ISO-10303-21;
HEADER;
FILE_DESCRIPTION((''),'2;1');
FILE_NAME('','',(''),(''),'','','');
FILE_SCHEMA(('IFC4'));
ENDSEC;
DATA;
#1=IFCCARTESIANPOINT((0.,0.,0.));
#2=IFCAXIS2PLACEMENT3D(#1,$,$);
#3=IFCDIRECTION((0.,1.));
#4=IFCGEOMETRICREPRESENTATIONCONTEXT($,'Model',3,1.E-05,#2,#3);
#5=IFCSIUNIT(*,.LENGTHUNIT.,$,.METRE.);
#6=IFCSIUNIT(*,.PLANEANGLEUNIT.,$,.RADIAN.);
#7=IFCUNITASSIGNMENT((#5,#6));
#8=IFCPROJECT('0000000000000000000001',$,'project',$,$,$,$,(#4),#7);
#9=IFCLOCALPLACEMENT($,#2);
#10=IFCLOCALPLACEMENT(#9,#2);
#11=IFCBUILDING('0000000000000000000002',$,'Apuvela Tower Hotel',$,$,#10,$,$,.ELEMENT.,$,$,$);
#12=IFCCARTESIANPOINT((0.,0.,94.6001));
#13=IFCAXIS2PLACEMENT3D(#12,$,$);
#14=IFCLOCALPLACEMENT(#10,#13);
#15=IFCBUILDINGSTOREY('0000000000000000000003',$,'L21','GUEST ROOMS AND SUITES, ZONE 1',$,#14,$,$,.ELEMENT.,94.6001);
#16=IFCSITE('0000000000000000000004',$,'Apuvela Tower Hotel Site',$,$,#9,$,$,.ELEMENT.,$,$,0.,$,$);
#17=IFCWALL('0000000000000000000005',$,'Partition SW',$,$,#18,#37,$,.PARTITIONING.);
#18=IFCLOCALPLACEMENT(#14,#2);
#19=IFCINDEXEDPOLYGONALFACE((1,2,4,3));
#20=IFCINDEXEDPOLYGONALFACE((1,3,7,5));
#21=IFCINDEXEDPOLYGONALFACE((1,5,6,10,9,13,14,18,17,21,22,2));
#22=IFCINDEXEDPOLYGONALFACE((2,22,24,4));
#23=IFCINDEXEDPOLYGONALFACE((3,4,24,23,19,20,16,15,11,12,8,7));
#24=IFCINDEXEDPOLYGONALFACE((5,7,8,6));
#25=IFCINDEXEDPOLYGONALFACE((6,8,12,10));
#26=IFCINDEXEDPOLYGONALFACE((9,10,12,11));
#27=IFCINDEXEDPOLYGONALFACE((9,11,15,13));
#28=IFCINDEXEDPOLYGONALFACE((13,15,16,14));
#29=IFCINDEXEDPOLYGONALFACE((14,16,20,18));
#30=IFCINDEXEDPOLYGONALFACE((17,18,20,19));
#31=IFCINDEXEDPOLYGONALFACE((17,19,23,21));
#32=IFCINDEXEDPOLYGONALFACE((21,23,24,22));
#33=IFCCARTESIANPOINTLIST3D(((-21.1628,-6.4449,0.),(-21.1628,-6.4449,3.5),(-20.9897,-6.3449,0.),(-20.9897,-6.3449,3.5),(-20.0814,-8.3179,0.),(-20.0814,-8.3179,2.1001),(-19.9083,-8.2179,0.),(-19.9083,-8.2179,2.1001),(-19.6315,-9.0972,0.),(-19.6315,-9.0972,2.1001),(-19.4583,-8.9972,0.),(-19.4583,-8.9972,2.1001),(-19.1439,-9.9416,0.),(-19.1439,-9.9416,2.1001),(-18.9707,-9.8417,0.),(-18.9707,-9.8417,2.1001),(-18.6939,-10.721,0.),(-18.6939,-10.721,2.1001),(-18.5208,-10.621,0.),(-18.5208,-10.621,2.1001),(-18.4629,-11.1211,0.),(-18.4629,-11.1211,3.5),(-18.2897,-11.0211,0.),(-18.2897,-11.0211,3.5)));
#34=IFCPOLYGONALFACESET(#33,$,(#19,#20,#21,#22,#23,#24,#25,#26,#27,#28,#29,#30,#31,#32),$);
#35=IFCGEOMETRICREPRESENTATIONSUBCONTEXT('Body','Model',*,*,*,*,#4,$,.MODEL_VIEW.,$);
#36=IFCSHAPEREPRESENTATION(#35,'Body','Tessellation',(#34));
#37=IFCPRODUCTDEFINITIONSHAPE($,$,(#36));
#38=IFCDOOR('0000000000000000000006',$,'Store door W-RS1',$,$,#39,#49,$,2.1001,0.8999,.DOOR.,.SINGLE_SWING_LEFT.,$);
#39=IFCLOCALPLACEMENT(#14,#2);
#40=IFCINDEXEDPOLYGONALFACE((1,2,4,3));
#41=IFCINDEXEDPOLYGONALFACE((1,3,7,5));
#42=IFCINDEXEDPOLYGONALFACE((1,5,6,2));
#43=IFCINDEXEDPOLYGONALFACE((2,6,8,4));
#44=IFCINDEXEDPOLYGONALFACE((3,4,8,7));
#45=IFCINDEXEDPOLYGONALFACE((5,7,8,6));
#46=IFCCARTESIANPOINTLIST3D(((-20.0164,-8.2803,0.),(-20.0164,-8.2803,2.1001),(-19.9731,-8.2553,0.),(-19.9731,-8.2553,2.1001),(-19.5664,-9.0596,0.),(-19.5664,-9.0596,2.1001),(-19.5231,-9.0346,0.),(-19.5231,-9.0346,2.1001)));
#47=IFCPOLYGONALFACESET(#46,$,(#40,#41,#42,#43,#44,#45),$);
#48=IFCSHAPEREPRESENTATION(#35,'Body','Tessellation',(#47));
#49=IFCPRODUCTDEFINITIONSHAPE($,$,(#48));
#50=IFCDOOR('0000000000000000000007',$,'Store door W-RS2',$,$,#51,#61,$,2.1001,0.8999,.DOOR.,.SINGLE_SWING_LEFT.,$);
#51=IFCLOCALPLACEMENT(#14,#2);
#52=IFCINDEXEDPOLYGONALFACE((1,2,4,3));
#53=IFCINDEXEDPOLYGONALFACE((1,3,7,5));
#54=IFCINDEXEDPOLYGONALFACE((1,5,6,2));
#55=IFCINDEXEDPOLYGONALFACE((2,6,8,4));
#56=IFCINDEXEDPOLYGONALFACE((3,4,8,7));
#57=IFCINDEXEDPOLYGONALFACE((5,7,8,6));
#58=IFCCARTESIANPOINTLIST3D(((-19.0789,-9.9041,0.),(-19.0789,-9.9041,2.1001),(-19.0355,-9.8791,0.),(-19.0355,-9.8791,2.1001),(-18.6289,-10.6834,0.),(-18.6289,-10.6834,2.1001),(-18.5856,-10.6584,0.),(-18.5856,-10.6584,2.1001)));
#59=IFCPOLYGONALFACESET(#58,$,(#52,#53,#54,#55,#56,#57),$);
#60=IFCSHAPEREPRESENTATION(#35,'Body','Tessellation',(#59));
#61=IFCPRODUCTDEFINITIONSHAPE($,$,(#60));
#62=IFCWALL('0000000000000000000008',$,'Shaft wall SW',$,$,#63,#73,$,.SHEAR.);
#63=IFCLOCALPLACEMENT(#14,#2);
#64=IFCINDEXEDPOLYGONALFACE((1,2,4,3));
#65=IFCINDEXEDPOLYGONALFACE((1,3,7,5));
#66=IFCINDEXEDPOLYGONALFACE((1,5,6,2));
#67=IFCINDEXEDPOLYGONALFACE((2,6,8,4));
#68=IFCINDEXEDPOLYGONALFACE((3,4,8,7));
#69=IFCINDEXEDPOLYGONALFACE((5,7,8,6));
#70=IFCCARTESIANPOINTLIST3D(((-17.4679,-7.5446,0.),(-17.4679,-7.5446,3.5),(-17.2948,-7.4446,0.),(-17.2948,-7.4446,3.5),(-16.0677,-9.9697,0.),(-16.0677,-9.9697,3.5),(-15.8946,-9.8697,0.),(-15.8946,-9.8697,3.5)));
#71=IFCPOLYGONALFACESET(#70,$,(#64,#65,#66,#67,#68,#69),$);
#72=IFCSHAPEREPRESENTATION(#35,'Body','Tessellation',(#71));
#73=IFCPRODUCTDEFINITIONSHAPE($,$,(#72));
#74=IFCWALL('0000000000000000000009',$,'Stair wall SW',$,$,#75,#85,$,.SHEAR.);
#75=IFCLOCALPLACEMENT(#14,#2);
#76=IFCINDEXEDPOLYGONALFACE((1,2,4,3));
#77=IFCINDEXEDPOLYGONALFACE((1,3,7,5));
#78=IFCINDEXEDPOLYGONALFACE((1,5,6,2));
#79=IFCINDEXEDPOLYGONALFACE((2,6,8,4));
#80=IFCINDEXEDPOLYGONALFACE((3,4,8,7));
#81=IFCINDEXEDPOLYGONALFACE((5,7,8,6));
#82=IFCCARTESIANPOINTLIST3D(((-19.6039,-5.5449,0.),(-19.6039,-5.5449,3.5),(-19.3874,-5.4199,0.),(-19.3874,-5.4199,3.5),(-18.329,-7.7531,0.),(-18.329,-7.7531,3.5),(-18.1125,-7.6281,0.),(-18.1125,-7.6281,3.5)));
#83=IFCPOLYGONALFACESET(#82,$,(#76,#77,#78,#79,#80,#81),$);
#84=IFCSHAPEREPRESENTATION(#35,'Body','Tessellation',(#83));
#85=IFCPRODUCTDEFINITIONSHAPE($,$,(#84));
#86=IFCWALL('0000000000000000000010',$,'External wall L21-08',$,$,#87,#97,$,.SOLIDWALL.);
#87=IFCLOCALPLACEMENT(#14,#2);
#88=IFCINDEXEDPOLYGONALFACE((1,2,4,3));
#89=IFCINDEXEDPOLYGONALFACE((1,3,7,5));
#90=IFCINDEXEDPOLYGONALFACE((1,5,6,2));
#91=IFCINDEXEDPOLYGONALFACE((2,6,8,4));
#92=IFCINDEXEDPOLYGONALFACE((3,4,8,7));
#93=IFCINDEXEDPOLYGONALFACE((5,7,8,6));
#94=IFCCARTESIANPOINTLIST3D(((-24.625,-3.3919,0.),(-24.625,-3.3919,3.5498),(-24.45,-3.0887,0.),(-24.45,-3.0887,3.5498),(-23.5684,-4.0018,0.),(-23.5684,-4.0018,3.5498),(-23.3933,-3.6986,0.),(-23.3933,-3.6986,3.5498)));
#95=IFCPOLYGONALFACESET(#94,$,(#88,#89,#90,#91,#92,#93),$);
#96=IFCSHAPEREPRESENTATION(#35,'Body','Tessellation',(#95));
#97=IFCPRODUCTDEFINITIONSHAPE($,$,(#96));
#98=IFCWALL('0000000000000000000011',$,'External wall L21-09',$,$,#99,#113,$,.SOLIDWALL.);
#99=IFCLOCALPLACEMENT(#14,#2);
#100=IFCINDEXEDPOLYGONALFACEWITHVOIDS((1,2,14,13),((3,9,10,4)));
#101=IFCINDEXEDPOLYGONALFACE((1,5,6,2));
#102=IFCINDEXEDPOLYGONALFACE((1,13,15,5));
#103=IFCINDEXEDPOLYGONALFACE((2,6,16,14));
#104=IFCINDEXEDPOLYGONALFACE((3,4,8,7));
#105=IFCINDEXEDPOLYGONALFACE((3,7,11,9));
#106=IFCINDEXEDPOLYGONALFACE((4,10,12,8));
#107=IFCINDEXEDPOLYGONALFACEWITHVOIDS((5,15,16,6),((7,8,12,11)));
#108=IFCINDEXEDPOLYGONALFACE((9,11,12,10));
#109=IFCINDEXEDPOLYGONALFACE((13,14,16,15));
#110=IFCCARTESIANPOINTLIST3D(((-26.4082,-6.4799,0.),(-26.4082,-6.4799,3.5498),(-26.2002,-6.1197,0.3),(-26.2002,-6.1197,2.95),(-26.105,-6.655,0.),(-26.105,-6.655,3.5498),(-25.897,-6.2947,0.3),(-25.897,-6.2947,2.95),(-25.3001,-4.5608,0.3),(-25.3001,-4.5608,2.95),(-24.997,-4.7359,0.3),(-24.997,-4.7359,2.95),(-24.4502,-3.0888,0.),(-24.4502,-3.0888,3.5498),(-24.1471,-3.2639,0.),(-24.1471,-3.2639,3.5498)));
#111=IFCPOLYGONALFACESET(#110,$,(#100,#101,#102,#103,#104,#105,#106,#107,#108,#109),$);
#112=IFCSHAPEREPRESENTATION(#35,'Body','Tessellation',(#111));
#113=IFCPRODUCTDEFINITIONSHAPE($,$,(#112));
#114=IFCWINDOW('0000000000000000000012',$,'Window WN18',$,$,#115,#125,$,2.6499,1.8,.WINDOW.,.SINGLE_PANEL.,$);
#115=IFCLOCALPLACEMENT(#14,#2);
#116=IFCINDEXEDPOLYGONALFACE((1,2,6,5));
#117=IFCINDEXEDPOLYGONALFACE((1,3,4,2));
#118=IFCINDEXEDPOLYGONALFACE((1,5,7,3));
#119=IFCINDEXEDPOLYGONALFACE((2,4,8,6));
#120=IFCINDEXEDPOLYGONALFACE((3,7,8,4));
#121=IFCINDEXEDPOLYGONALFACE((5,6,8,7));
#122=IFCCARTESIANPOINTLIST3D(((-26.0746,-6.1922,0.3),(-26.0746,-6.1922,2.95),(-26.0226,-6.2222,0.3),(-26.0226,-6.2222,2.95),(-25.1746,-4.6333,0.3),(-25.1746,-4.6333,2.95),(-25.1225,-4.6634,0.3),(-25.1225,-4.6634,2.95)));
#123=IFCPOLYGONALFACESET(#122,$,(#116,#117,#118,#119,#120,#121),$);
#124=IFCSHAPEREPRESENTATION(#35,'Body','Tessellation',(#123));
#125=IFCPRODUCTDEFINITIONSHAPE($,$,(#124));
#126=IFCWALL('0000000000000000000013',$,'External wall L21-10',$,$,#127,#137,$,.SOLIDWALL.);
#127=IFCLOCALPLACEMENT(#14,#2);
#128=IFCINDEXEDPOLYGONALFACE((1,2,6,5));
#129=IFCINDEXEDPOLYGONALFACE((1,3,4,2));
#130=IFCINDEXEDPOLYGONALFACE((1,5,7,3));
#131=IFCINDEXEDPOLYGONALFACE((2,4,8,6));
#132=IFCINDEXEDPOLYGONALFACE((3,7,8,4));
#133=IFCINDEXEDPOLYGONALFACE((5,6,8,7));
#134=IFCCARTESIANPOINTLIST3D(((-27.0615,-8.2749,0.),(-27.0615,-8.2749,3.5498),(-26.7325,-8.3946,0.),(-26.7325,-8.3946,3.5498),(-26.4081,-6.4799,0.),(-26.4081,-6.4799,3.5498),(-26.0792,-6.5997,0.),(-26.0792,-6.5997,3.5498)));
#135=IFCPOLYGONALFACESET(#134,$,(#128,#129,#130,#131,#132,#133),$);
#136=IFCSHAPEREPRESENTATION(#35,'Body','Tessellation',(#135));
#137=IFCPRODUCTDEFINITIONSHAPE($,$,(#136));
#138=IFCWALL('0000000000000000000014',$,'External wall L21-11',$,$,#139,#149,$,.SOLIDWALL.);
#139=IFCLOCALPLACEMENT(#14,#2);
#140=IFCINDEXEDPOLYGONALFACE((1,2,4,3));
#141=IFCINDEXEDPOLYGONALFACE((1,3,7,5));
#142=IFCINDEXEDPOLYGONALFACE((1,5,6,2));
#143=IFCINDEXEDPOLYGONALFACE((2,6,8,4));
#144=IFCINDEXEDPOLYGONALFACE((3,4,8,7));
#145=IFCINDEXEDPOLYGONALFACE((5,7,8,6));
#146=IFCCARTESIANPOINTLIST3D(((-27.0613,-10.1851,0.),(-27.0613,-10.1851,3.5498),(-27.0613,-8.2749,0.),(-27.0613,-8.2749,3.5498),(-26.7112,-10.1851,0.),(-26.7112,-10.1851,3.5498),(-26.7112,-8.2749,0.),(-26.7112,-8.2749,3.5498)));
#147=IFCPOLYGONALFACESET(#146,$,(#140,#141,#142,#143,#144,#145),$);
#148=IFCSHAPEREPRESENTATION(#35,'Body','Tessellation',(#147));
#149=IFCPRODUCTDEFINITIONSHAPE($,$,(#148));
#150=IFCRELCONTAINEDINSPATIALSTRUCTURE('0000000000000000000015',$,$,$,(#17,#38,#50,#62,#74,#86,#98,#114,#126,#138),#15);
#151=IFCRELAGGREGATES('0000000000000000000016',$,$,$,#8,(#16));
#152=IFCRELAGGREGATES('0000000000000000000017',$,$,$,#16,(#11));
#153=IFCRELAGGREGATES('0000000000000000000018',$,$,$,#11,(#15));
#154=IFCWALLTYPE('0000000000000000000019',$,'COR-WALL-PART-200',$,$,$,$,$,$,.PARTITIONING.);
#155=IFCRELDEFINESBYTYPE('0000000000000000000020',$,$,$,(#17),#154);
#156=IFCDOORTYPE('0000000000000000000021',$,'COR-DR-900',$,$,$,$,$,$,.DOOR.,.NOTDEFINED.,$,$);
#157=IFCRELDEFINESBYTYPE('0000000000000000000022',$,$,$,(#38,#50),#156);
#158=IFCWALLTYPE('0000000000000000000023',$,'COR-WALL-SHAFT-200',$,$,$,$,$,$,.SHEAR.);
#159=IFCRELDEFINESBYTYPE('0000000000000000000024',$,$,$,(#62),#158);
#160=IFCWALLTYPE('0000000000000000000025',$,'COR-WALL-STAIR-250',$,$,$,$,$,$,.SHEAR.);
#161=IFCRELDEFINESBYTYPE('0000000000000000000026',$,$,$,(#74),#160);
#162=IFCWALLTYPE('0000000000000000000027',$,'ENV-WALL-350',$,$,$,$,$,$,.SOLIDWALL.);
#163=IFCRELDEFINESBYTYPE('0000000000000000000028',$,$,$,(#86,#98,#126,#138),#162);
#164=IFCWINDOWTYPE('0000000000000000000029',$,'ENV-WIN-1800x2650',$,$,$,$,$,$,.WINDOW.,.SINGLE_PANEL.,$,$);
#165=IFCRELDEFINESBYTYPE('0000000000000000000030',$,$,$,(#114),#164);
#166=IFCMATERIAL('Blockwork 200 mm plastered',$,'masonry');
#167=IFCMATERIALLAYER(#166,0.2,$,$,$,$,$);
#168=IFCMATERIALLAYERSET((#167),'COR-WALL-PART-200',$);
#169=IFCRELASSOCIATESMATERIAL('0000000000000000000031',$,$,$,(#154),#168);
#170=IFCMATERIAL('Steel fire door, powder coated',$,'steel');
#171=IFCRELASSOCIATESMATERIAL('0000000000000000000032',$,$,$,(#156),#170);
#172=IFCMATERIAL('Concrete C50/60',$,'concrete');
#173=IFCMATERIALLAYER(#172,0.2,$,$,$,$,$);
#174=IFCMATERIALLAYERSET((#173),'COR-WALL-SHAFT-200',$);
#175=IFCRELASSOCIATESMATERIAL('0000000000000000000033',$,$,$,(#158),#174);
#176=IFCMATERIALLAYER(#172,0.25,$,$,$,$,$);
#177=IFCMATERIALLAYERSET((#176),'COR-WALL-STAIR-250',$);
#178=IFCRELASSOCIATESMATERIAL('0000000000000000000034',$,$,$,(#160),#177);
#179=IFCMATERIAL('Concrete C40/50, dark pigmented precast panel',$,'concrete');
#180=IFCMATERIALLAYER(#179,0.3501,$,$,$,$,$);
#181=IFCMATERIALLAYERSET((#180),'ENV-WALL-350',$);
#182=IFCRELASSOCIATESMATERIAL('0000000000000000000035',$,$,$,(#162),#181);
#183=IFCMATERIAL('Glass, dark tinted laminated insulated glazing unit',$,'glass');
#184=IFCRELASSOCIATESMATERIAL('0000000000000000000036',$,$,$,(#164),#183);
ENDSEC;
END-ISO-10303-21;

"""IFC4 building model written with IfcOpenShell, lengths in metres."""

from ifc_helpers import new_model, si_unit, direction, frame, frame_2d, origin, place, context, subcontext, project, spatial, rectangle, extrude, material, layer, layer_set, type_object, element, fill, save


model = new_model("IFC4")

# Units and contexts
model_context = context("Model", 3, precision=1e-05, world=origin(), true_north=direction((0.0, 1.0)))
body_context = subcontext(model_context, "Body", "Model", "MODEL_VIEW")
ifc_project = project(units=[si_unit("LENGTHUNIT", "METRE"), si_unit("PLANEANGLEUNIT", "RADIAN")], contexts=[model_context])

# Site, building, storey
site_placement = place(None, origin())
site = spatial("IfcSite", under=ifc_project, at=site_placement, Name="Apuvela Tower Hotel Site", CompositionType="ELEMENT", RefElevation=0.0)
building_placement = place(site_placement, origin())
building = spatial("IfcBuilding", under=site, at=building_placement, Name="Apuvela Tower Hotel", CompositionType="ELEMENT")
storey_placement = place(building_placement, frame((0.0, 0.0, 94.6001)))
storey = spatial("IfcBuildingStorey", under=building, at=storey_placement, Name="L21", Description="GUEST ROOMS AND SUITES, ZONE 1", CompositionType="ELEMENT", Elevation=94.6001)

# Wall, openings, doors
ifc_material_1 = material(Name="Blockwork 200 mm plastered", Category="masonry")
ifc_layer_1 = layer(ifc_material_1, 0.2)
ifc_layer_set_1 = layer_set([ifc_layer_1], Name="COR-WALL-PART-200")
wall_type_1 = type_object("IfcWallType", Name="COR-WALL-PART-200", PredefinedType="PARTITIONING", material=ifc_layer_set_1)
wall_1_placement = place(storey_placement, frame((-21.0762, -6.395, 0.0), z_axis=(0.0, 0.0, 1.0), x_axis=(0.500015, -0.866017, 0.0)))
wall_1 = element("IfcWall", 1, at=wall_1_placement, inside=storey, type_object=wall_type_1, Name="Partition SW", PredefinedType="PARTITIONING", context=body_context, shape_type="SweptSolid", body=[
    extrude(rectangle(XDim=5.3997, YDim=0.2, at=frame_2d((2.6997, 0.0))), origin(), (0.0, 0.0, 1.0), 3.5),
])
opening_1_placement = place(wall_1_placement, frame((2.1626, 0.0, 0.0)))
opening_1 = element("IfcOpeningElement", 2, at=opening_1_placement, cuts=wall_1, PredefinedType="OPENING", context=body_context, shape_type="SweptSolid", body=[
    extrude(rectangle(XDim=0.8999, YDim=2.1001, at=frame_2d((0.45, 1.05))), frame((0.0, 0.1099, 0.0), z_axis=(0.0, -1.0, 0.0), x_axis=(1.0, 0.0, 0.0)), (0.0, 0.0, 1.0), 0.22),
])
opening_2_placement = place(wall_1_placement, frame((4.0376, 0.0, 0.0)))
opening_2 = element("IfcOpeningElement", 3, at=opening_2_placement, cuts=wall_1, PredefinedType="OPENING", context=body_context, shape_type="SweptSolid", body=[
    extrude(rectangle(XDim=0.8999, YDim=2.1001, at=frame_2d((0.45, 1.05))), frame((0.0, 0.1099, 0.0), z_axis=(0.0, -1.0, 0.0), x_axis=(1.0, 0.0, 0.0)), (0.0, 0.0, 1.0), 0.22),
])
ifc_material_2 = material(Name="Steel fire door, powder coated", Category="steel")
door_type_1 = type_object("IfcDoorType", Name="COR-DR-900", OperationType="NOTDEFINED", PredefinedType="DOOR", material=ifc_material_2)
door_1_placement = place(opening_1_placement, frame((0.8999, 0.0, 0.0), z_axis=(0.0, 0.0, 1.0), x_axis=(-1.0, 0.0, 0.0)))
door_1 = element("IfcDoor", 4, at=door_1_placement, inside=storey, type_object=door_type_1, Name="Store door W-RS1", OperationType="SINGLE_SWING_LEFT", OverallHeight=2.1001, OverallWidth=0.8999, PredefinedType="DOOR", context=body_context, shape_type="SweptSolid", body=[
    extrude(rectangle(XDim=0.8999, YDim=2.1001, at=frame_2d((0.45, 1.05))), frame((0.0, 0.0249, 0.0), z_axis=(0.0, -1.0, 0.0), x_axis=(1.0, 0.0, 0.0)), (0.0, 0.0, 1.0), 0.05),
])
fill(opening_1, door_1)
door_2_placement = place(opening_2_placement, frame((0.8999, 0.0, 0.0), z_axis=(0.0, 0.0, 1.0), x_axis=(-1.0, 0.0, 0.0)))
door_2 = element("IfcDoor", 5, at=door_2_placement, inside=storey, type_object=door_type_1, Name="Store door W-RS2", OperationType="SINGLE_SWING_LEFT", OverallHeight=2.1001, OverallWidth=0.8999, PredefinedType="DOOR", context=body_context, shape_type="SweptSolid", body=[
    extrude(rectangle(XDim=0.8999, YDim=2.1001, at=frame_2d((0.45, 1.05))), frame((0.0, 0.0249, 0.0), z_axis=(0.0, -1.0, 0.0), x_axis=(1.0, 0.0, 0.0)), (0.0, 0.0, 1.0), 0.05),
])
fill(opening_2, door_2)

# Walls
ifc_material_3 = material(Name="Concrete C50/60", Category="concrete")
ifc_layer_2 = layer(ifc_material_3, 0.2)
ifc_layer_set_2 = layer_set([ifc_layer_2], Name="COR-WALL-SHAFT-200")
wall_type_2 = type_object("IfcWallType", Name="COR-WALL-SHAFT-200", PredefinedType="SHEAR", material=ifc_layer_set_2)
wall_2_placement = place(storey_placement, frame((-17.3813, -7.4946, 0.0), z_axis=(0.0, 0.0, 1.0), x_axis=(0.500012, -0.866019, 0.0)))
element("IfcWall", 6, at=wall_2_placement, inside=storey, type_object=wall_type_2, Name="Shaft wall SW", PredefinedType="SHEAR", context=body_context, shape_type="SweptSolid", body=[
    extrude(rectangle(XDim=2.8003, YDim=0.2, at=frame_2d((1.4001, 0.0))), origin(), (0.0, 0.0, 1.0), 3.5),
])
ifc_layer_3 = layer(ifc_material_3, 0.25)
ifc_layer_set_3 = layer_set([ifc_layer_3], Name="COR-WALL-STAIR-250")
wall_type_3 = type_object("IfcWallType", Name="COR-WALL-STAIR-250", PredefinedType="SHEAR", material=ifc_layer_set_3)
wall_3_placement = place(storey_placement, frame((-19.4956, -5.4824, 0.0), z_axis=(0.0, 0.0, 1.0), x_axis=(0.49999, -0.866031, 0.0)))
element("IfcWall", 7, at=wall_3_placement, inside=storey, type_object=wall_type_3, Name="Stair wall SW", PredefinedType="SHEAR", context=body_context, shape_type="SweptSolid", body=[
    extrude(rectangle(XDim=2.5498, YDim=0.25, at=frame_2d((1.2749, 0.0))), origin(), (0.0, 0.0, 1.0), 3.5),
])
ifc_material_4 = material(Name="Concrete C40/50, dark pigmented precast panel", Category="concrete")
ifc_layer_4 = layer(ifc_material_4, 0.3501)
ifc_layer_set_4 = layer_set([ifc_layer_4], Name="ENV-WALL-350")
wall_type_4 = type_object("IfcWallType", Name="ENV-WALL-350", PredefinedType="SOLIDWALL", material=ifc_layer_set_4)
wall_4_placement = place(storey_placement, frame((-23.481, -3.8501, 0.0), z_axis=(0.0, 0.0, 1.0), x_axis=(-0.866092, 0.499884, 0.0)))
element("IfcWall", 8, at=wall_4_placement, inside=storey, type_object=wall_type_4, Name="External wall L21-08", PredefinedType="SOLIDWALL", context=body_context, shape_type="SweptSolid", body=[
    extrude(rectangle(XDim=1.22, YDim=0.3501, at=frame_2d((0.6099, 0.0))), origin(), (0.0, 0.0, 1.0), 3.5498),
])

# Wall, opening, window
wall_5_placement = place(storey_placement, frame((-24.2986, -3.1763, 0.0), z_axis=(0.0, 0.0, 1.0), x_axis=(-0.500028, -0.866009, 0.0)))
wall_5 = element("IfcWall", 9, at=wall_5_placement, inside=storey, type_object=wall_type_4, Name="External wall L21-09", PredefinedType="SOLIDWALL", context=body_context, shape_type="SweptSolid", body=[
    extrude(rectangle(XDim=3.9158, YDim=0.3501, at=frame_2d((1.958, 0.0))), origin(), (0.0, 0.0, 1.0), 3.5498),
])
opening_3_placement = place(wall_5_placement, frame((1.7, 0.0, 0.3)))
opening_3 = element("IfcOpeningElement", 10, at=opening_3_placement, cuts=wall_5, PredefinedType="OPENING", context=body_context, shape_type="SweptSolid", body=[
    extrude(rectangle(XDim=1.8, YDim=2.6499, at=frame_2d((0.8999, 1.325))), frame((0.0, 0.1851, 0.0), z_axis=(0.0, -1.0, 0.0), x_axis=(1.0, 0.0, 0.0)), (0.0, 0.0, 1.0), 0.3701),
])
ifc_material_5 = material(Name="Glass, dark tinted laminated insulated glazing unit", Category="glass")
window_type = type_object("IfcWindowType", Name="ENV-WIN-1800x2650", PartitioningType="SINGLE_PANEL", PredefinedType="WINDOW", material=ifc_material_5)
window_placement = place(opening_3_placement, origin())
window = element("IfcWindow", 11, at=window_placement, inside=storey, type_object=window_type, Name="Window WN18", OverallHeight=2.6499, OverallWidth=1.8, PartitioningType="SINGLE_PANEL", PredefinedType="WINDOW", context=body_context, shape_type="SweptSolid", body=[
    extrude(rectangle(XDim=1.8, YDim=2.6499, at=frame_2d((0.8999, 1.325))), frame((0.0, 0.03, 0.0), z_axis=(0.0, -1.0, 0.0), x_axis=(1.0, 0.0, 0.0)), (0.0, 0.0, 1.0), 0.0601),
])
fill(opening_3, window)

# Walls
for number, where, z_axis, x_axis, name in (
    (12, (-26.2437, -6.5398, 0.0), (0.0, 0.0, 1.0), (-0.34203, -0.939689, 0.0), "External wall L21-10"),
    (13, (-26.8862, -8.2749, 0.0), (0.0, 0.0, 1.0), (0.0, -1.0, 0.0), "External wall L21-11"),
):
    element("IfcWall", number, at=place(storey_placement, frame(where, z_axis=z_axis, x_axis=x_axis)), inside=storey, type_object=wall_type_4, Name=name, PredefinedType="SOLIDWALL", context=body_context, shape_type="SweptSolid", body=[
        extrude(rectangle(XDim=1.9102, YDim=0.3501, at=frame_2d((0.9551, 0.0))), origin(), (0.0, 0.0, 1.0), 3.5498),
    ])

save(model, "model.ifc")
